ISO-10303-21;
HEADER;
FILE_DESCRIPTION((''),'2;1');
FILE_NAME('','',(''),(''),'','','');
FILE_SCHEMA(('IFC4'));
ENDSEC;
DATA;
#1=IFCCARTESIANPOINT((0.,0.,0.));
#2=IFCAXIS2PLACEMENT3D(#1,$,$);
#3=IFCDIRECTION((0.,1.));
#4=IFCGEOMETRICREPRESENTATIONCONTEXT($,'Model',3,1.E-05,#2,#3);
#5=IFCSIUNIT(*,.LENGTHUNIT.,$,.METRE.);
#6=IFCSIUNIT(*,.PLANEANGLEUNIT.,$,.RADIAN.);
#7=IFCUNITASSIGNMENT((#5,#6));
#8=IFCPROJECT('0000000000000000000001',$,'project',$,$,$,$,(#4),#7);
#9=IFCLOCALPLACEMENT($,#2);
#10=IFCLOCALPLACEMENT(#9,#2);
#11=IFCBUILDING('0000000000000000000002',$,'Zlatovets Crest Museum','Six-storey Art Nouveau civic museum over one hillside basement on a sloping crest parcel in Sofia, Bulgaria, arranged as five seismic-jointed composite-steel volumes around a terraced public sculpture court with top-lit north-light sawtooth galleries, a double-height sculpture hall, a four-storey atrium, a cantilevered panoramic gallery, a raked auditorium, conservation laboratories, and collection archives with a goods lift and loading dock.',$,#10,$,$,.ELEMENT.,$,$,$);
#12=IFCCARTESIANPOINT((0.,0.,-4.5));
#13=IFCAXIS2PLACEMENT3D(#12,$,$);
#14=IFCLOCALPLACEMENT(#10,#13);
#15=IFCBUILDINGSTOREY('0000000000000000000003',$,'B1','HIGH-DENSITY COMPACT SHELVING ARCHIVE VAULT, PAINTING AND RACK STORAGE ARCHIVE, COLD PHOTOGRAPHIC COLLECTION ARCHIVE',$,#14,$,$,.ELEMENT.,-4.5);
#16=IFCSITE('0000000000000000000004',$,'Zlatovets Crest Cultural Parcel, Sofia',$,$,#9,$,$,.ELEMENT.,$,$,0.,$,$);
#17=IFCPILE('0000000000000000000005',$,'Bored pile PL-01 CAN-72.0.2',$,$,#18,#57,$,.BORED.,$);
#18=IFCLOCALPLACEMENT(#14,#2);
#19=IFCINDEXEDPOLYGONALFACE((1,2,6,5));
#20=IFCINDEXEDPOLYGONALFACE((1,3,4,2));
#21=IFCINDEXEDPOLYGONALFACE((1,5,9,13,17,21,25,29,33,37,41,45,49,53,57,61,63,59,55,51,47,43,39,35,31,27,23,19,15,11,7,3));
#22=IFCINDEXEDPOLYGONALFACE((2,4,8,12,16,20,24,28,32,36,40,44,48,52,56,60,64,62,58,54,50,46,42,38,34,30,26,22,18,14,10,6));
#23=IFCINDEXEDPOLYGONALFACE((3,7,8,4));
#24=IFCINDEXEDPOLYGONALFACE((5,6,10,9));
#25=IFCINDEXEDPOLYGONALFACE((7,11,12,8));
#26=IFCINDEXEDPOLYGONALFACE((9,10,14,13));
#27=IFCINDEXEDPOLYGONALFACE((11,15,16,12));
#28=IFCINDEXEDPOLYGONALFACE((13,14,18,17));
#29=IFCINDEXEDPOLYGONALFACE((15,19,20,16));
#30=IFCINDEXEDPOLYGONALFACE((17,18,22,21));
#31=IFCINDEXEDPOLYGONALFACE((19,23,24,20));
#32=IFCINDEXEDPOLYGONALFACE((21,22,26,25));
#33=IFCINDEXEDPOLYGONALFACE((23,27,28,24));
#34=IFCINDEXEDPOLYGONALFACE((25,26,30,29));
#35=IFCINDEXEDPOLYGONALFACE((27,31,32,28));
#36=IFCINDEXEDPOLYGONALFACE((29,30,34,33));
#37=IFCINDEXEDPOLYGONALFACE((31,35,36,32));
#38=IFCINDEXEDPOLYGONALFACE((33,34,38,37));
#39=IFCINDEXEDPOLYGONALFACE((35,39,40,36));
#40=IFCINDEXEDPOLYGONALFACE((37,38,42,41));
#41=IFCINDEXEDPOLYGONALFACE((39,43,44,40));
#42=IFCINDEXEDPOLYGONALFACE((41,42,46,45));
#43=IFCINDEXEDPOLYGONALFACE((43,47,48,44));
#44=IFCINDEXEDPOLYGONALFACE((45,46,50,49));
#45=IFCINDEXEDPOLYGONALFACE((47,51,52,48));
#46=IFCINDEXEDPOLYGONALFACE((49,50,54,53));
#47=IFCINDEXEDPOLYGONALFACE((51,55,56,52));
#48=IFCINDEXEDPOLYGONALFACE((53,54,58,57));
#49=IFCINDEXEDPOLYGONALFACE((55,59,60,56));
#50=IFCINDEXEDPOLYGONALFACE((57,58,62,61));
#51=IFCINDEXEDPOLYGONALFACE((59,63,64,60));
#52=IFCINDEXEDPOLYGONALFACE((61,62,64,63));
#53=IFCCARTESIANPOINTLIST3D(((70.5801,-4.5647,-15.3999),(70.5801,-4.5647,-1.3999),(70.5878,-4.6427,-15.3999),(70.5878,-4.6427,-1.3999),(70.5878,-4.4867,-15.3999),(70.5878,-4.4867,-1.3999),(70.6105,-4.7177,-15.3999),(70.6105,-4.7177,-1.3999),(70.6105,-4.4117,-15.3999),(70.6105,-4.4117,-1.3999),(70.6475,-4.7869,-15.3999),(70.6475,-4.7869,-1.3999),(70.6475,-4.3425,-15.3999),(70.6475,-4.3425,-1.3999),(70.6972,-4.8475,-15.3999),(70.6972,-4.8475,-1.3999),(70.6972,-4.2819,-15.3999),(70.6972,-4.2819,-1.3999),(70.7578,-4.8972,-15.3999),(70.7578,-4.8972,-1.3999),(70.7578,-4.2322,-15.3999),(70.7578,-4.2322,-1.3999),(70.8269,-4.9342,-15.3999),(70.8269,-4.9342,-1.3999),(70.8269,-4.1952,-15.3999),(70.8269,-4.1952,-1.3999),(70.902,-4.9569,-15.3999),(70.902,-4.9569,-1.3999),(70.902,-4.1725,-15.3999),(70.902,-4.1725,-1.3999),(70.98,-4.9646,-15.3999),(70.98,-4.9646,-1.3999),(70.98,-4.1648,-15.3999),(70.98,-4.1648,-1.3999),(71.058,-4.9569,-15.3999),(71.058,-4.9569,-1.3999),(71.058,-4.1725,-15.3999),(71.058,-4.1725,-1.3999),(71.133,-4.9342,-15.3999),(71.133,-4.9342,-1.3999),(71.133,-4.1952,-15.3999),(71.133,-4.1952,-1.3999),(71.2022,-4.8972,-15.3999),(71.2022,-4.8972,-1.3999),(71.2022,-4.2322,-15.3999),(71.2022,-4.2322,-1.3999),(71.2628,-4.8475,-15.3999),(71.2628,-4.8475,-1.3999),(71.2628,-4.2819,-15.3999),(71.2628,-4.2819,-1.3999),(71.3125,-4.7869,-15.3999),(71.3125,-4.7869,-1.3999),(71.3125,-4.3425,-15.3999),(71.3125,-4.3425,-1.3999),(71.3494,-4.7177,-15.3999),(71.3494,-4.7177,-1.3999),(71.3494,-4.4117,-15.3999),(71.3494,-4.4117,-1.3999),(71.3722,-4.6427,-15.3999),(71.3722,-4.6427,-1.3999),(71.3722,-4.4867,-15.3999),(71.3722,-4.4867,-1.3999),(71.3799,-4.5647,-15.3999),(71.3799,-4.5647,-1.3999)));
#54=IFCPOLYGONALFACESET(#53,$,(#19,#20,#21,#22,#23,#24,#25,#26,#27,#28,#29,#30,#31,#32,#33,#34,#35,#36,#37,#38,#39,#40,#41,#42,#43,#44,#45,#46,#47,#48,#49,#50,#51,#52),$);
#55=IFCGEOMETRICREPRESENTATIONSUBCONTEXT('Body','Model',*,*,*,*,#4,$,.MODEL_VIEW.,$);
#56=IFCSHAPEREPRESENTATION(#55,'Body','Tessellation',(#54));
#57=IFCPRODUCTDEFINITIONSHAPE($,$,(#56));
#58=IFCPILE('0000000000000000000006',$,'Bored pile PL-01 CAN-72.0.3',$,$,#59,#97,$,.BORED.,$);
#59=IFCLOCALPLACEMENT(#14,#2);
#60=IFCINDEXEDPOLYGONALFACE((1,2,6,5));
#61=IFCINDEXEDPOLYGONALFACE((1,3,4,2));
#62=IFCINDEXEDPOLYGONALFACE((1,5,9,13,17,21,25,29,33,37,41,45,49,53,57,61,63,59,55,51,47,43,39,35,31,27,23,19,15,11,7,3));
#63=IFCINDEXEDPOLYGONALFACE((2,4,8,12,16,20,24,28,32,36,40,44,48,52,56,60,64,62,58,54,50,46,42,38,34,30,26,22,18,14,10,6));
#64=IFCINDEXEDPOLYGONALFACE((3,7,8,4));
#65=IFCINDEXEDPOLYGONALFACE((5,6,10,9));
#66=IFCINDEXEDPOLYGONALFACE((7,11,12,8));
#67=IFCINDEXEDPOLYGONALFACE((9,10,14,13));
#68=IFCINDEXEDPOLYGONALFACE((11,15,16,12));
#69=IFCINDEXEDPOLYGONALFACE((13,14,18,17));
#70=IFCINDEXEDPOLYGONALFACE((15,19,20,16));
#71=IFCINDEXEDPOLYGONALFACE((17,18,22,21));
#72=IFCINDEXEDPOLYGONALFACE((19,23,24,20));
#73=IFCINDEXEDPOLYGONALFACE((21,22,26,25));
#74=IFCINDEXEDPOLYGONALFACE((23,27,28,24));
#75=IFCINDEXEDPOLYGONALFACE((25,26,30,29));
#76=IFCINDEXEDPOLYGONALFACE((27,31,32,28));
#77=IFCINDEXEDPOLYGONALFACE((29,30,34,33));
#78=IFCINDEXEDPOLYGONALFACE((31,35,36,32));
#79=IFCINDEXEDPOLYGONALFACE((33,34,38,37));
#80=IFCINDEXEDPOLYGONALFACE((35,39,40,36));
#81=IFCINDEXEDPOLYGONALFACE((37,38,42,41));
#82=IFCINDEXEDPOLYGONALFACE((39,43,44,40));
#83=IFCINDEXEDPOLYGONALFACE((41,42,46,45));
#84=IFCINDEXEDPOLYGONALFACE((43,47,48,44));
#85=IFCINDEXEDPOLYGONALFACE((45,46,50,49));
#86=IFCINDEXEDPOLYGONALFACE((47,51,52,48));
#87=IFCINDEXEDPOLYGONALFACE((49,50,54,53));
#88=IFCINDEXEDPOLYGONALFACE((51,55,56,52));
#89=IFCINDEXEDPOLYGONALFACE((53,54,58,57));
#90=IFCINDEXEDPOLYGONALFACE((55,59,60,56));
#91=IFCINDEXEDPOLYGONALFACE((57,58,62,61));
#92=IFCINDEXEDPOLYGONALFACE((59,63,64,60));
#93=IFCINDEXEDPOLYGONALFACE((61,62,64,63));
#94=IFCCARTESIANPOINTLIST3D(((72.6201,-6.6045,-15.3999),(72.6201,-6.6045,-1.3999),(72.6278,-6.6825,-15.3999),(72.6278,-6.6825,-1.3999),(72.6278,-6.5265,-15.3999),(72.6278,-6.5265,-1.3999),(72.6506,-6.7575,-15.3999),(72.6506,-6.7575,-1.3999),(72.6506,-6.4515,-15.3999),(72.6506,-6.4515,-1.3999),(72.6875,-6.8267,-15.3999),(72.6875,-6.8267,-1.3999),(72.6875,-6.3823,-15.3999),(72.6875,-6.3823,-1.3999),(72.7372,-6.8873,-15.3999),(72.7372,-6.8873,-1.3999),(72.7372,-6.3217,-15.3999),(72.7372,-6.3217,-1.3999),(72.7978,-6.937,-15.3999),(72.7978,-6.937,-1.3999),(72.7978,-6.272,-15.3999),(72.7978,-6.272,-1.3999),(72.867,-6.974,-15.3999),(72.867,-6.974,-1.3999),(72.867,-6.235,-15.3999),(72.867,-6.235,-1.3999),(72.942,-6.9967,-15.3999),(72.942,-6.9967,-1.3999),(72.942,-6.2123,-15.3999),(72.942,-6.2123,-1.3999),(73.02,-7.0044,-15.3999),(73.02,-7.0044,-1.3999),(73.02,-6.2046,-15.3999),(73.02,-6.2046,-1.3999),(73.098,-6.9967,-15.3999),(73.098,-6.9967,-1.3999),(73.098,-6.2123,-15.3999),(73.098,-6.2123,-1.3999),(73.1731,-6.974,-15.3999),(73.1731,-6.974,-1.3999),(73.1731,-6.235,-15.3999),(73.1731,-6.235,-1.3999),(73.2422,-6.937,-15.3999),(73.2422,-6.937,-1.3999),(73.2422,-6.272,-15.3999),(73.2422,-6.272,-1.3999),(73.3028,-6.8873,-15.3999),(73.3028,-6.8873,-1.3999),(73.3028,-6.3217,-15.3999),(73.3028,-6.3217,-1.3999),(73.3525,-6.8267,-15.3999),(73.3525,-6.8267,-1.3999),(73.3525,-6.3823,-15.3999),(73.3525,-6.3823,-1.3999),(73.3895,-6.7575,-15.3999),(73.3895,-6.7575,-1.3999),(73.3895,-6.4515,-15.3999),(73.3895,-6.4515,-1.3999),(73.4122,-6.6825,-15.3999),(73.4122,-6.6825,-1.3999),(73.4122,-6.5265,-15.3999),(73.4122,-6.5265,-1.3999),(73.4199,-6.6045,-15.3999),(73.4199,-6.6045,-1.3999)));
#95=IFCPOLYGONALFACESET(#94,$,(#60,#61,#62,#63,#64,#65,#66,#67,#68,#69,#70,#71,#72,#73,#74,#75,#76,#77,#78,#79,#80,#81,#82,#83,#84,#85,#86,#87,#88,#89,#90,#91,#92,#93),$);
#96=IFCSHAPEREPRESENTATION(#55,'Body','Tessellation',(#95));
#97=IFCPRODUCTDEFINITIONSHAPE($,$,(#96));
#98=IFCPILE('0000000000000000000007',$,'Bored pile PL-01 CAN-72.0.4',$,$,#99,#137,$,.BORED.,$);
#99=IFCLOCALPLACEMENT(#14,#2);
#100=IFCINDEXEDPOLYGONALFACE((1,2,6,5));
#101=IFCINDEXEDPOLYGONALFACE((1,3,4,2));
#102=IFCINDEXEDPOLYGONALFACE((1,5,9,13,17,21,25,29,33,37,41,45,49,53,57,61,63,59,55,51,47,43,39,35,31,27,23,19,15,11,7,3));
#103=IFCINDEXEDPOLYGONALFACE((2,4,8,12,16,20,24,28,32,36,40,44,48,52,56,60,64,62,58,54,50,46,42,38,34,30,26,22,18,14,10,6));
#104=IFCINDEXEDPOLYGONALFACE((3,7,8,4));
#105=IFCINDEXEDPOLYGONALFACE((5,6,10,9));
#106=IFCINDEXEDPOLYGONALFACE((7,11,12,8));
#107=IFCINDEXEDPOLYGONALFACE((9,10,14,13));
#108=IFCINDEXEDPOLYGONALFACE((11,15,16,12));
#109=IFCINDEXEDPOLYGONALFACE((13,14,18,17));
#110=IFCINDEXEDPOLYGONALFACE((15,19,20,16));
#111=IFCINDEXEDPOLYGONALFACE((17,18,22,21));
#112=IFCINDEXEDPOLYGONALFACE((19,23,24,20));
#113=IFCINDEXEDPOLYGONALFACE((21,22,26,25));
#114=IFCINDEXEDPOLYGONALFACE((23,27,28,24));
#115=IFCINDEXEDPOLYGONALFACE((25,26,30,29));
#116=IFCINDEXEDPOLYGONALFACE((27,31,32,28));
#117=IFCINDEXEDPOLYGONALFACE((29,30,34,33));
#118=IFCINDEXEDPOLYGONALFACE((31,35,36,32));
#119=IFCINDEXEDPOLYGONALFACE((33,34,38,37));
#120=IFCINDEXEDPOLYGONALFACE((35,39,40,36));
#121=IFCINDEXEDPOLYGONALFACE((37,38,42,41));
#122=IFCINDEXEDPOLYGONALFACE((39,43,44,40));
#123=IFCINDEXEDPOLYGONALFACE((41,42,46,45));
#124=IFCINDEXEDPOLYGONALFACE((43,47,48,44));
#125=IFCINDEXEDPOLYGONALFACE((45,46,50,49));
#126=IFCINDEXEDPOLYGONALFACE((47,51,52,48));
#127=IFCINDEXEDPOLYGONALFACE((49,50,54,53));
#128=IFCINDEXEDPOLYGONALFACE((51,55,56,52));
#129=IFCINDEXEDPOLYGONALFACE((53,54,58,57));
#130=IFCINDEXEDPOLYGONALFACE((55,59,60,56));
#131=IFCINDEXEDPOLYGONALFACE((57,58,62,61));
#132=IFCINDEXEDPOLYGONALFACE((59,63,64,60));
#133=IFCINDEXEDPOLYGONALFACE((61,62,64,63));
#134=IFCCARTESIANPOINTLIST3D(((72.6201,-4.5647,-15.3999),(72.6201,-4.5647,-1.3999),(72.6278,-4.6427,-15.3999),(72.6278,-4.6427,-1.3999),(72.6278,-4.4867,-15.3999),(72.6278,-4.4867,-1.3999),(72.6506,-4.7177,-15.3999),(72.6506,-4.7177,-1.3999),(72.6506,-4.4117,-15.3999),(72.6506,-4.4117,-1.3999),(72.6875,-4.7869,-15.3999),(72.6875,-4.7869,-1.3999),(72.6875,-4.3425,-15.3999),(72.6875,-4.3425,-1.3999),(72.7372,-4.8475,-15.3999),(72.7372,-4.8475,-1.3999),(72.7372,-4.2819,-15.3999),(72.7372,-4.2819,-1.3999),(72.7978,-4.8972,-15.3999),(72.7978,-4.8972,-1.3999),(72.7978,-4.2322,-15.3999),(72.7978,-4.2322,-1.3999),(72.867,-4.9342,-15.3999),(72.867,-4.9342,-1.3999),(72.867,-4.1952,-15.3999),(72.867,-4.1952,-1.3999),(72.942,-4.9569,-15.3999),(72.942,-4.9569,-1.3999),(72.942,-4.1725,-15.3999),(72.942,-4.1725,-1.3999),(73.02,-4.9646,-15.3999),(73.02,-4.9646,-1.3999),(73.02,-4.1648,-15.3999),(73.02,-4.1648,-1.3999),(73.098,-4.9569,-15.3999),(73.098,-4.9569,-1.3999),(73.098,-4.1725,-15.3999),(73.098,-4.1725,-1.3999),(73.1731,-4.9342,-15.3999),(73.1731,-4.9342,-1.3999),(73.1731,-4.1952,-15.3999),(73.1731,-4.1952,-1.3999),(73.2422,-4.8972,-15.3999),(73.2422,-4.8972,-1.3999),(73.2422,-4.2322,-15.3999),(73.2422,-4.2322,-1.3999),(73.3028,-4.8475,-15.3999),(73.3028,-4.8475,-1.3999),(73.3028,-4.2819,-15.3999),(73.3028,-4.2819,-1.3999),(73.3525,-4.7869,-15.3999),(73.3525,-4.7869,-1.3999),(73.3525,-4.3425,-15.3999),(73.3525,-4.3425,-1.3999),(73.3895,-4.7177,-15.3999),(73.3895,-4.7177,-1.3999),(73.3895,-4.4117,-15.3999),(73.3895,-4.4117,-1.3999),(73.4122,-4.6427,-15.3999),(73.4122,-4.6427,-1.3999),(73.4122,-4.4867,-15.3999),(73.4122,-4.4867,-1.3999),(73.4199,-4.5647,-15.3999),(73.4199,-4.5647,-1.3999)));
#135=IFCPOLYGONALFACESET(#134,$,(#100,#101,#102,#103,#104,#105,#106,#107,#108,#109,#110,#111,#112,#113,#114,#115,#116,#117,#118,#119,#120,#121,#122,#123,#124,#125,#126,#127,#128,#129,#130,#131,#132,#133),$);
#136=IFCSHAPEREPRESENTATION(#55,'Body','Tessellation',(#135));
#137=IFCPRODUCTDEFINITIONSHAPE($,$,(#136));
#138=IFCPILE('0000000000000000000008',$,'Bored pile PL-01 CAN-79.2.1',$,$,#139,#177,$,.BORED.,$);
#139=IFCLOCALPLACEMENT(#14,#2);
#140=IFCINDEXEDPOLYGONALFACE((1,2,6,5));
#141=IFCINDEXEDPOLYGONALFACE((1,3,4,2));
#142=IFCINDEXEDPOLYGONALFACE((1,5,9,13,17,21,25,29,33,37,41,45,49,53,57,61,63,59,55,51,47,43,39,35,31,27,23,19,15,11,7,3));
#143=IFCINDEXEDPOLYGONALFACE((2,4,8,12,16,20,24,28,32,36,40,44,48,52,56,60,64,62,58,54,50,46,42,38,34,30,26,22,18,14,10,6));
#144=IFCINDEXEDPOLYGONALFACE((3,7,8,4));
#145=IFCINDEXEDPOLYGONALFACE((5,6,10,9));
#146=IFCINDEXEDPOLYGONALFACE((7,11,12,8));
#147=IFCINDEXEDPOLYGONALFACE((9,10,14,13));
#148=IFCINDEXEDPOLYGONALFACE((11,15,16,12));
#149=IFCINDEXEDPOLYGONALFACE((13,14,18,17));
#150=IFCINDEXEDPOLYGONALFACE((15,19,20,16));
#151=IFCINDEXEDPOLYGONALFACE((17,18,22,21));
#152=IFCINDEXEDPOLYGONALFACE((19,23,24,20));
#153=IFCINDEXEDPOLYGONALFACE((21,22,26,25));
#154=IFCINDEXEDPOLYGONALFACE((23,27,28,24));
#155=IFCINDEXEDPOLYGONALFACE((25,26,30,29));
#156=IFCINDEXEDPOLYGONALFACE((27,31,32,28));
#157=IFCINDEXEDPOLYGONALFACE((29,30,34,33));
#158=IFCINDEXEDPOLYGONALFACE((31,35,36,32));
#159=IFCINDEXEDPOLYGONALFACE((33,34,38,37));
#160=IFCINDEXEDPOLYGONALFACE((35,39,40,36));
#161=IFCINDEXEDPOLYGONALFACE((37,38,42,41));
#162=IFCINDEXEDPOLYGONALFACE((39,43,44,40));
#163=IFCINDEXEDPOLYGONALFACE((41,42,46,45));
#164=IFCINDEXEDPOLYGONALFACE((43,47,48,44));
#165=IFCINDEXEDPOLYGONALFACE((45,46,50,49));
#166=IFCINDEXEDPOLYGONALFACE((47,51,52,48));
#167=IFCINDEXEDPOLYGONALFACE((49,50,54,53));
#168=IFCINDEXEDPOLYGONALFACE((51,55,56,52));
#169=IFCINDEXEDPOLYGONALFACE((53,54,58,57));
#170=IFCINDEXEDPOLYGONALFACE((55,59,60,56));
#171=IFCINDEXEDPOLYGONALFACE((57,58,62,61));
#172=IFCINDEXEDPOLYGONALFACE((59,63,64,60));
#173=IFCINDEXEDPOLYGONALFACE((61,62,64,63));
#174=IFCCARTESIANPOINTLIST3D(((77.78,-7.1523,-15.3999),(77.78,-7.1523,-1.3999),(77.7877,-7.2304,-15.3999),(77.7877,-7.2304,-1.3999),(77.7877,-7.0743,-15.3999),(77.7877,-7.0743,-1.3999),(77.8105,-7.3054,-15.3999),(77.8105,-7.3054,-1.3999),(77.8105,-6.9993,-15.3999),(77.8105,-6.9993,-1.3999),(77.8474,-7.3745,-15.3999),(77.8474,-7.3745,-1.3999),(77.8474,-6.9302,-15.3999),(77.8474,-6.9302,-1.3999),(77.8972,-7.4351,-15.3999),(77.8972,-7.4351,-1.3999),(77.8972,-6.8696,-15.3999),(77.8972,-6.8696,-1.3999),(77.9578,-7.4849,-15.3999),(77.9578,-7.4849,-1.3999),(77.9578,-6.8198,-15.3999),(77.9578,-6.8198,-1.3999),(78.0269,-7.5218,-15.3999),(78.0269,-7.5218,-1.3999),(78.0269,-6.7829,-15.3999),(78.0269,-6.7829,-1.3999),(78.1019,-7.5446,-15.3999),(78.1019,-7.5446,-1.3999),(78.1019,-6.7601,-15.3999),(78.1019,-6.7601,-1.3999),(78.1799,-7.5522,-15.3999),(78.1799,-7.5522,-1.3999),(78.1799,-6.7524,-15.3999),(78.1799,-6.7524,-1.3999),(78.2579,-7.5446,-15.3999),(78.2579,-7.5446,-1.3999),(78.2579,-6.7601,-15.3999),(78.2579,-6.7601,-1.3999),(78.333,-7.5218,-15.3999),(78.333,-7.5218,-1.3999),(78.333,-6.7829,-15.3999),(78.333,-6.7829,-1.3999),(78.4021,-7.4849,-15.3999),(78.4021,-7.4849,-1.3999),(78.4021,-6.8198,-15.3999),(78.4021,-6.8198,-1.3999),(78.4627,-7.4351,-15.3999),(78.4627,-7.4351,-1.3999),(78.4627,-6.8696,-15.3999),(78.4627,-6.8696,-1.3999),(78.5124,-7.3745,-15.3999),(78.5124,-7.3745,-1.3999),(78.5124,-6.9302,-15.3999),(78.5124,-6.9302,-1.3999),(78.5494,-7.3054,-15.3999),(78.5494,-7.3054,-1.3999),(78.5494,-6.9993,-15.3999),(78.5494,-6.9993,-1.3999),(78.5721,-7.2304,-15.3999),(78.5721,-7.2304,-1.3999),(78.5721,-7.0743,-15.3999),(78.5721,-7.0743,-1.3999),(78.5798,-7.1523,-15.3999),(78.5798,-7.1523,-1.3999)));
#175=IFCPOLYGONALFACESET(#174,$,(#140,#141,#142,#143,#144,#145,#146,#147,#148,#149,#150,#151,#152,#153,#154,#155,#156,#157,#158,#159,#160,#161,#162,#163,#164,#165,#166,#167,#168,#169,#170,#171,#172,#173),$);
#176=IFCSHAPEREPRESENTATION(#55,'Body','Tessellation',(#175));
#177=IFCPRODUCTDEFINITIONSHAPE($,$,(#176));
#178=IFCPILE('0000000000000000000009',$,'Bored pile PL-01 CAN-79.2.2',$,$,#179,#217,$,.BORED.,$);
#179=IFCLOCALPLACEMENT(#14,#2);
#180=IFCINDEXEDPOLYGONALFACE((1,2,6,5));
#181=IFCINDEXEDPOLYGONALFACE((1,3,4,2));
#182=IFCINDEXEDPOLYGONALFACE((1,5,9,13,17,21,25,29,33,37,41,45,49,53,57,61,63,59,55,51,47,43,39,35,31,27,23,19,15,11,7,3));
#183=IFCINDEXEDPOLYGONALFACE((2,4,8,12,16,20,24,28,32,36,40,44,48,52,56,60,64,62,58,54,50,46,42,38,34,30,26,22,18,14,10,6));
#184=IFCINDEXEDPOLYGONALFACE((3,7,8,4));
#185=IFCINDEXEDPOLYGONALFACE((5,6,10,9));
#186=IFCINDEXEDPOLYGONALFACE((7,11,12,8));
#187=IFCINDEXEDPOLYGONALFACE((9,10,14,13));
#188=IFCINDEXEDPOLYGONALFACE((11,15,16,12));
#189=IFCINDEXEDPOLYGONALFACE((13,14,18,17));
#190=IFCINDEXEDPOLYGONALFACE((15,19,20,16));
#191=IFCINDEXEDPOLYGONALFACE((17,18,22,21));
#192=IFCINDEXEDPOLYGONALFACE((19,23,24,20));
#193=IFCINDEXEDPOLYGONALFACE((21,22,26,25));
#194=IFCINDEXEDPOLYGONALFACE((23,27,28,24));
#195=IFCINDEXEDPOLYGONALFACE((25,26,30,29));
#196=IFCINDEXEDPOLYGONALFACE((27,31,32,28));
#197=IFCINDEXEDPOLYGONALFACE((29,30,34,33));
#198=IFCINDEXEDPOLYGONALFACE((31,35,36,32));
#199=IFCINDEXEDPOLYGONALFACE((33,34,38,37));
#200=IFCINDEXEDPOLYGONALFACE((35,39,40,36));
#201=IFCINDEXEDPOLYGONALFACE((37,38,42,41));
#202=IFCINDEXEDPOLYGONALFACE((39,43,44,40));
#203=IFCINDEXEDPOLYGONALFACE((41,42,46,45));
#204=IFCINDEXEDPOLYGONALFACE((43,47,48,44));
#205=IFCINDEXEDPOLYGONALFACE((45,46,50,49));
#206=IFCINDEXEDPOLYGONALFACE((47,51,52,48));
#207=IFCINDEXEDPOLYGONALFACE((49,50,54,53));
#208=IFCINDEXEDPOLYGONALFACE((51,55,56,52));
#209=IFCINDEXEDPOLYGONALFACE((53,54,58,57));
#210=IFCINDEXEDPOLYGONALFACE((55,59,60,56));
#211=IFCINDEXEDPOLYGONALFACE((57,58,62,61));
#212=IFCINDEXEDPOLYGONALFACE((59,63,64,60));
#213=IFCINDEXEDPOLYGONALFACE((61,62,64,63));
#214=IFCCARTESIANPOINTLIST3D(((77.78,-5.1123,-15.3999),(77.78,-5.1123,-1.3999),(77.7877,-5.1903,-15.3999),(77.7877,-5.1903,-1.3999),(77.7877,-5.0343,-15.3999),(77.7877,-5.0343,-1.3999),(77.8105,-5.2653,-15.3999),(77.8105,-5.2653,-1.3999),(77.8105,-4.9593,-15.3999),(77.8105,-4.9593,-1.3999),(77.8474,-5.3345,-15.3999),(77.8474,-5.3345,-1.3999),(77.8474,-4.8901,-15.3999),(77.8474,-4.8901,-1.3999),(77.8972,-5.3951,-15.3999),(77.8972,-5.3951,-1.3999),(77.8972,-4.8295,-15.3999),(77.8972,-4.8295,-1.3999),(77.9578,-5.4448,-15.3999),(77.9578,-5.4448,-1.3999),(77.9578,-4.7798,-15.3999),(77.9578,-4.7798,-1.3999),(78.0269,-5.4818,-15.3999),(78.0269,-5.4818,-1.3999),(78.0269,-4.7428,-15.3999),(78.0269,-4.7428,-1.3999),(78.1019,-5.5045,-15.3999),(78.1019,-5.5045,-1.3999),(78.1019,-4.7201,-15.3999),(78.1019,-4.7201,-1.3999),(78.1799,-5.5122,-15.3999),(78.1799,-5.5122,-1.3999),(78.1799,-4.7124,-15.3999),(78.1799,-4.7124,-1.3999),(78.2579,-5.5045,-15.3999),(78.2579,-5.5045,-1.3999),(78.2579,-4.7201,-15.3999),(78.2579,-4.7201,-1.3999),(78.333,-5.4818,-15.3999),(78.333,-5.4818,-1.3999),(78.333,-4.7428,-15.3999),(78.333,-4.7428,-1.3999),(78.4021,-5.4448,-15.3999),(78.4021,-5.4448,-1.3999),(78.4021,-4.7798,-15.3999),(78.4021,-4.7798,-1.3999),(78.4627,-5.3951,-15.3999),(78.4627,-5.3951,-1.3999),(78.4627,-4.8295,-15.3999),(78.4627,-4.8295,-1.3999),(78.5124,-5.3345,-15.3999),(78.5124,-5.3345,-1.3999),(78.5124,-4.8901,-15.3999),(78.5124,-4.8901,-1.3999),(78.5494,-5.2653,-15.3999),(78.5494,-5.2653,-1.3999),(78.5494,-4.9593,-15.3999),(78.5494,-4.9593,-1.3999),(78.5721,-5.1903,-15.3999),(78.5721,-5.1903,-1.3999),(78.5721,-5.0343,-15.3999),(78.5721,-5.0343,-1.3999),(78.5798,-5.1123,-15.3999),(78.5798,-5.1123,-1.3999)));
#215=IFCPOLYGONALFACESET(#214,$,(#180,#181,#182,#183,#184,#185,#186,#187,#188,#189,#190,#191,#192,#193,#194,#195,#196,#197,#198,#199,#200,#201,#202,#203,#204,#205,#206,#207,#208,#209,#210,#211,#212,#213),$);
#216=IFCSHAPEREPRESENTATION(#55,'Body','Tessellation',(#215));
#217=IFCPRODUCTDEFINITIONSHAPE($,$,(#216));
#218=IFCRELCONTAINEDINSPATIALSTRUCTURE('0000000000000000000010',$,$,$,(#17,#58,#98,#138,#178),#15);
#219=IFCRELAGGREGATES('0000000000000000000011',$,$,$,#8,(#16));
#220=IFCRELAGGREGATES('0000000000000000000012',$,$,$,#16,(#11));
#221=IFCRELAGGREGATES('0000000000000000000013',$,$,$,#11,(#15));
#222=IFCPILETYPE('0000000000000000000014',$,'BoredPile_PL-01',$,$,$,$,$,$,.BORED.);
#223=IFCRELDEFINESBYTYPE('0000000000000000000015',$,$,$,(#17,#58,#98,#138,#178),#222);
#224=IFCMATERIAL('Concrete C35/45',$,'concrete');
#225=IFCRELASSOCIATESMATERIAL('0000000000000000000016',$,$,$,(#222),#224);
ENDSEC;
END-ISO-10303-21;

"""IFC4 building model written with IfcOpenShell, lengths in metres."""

from ifc_helpers import new_model, si_unit, direction, frame, origin, origin_2d, place, context, subcontext, project, spatial, circle, extrude, material, material_profile, profile_set, type_object, element, save


model = new_model("IFC4")

# Units and contexts
model_context = context("Model", 3, precision=1e-05, world=origin(), true_north=direction((0.0, 1.0)))
body_context = subcontext(model_context, "Body", "Model", "MODEL_VIEW")
ifc_project = project(units=[si_unit("LENGTHUNIT", "METRE"), si_unit("PLANEANGLEUNIT", "RADIAN")], contexts=[model_context])

# Site, building, storey
site_placement = place(None, origin())
site = spatial("IfcSite", under=ifc_project, at=site_placement, Name="Zlatovets Crest Cultural Parcel, Sofia", CompositionType="ELEMENT", RefElevation=0.0)
building_placement = place(site_placement, origin())
building = spatial("IfcBuilding", under=site, at=building_placement, Name="Zlatovets Crest Museum", Description="Six-storey Art Nouveau civic museum over one hillside basement on a sloping crest parcel in Sofia, Bulgaria, arranged as five seismic-jointed composite-steel volumes around a terraced public sculpture court with top-lit north-light sawtooth galleries, a double-height sculpture hall, a four-storey atrium, a cantilevered panoramic gallery, a raked auditorium, conservation laboratories, and collection archives with a goods lift and loading dock.", CompositionType="ELEMENT")
storey_placement = place(building_placement, frame((0.0, 0.0, -4.5)))
storey = spatial("IfcBuildingStorey", under=building, at=storey_placement, Name="B1", Description="HIGH-DENSITY COMPACT SHELVING ARCHIVE VAULT, PAINTING AND RACK STORAGE ARCHIVE, COLD PHOTOGRAPHIC COLLECTION ARCHIVE", CompositionType="ELEMENT", Elevation=-4.5)

# Piles
ifc_material_1 = material(Name="Concrete C35/45", Category="concrete")
ifc_material_profile_1 = material_profile(ifc_material_1, circle(Radius=0.3999, at=origin_2d()), Name="PILE D800")
ifc_profile_set_1 = profile_set([ifc_material_profile_1], Name="Concrete C35/45")
pile_type_1 = type_object("IfcPileType", Name="BoredPile_PL-01", PredefinedType="BORED", material=ifc_profile_set_1)
for number, where, z_axis, x_axis, name in (
    (1, (70.98, -4.5647, -1.3999), (0.0, 0.0, -1.0), (1.0, 0.0, 0.0), "Bored pile PL-01 CAN-72.0.2"),
    (2, (73.02, -6.6045, -1.3999), (0.0, 0.0, -1.0), (1.0, 0.0, 0.0), "Bored pile PL-01 CAN-72.0.3"),
    (3, (73.02, -4.5647, -1.3999), (0.0, 0.0, -1.0), (1.0, 0.0, 0.0), "Bored pile PL-01 CAN-72.0.4"),
    (4, (78.1799, -7.1523, -1.3999), (0.0, 0.0, -1.0), (1.0, 0.0, 0.0), "Bored pile PL-01 CAN-79.2.1"),
    (5, (78.1799, -5.1123, -1.3999), (0.0, 0.0, -1.0), (1.0, 0.0, 0.0), "Bored pile PL-01 CAN-79.2.2"),
):
    element("IfcPile", number, at=place(storey_placement, frame(where, z_axis=z_axis, x_axis=x_axis)), inside=storey, type_object=pile_type_1, Name=name, PredefinedType="BORED", context=body_context, shape_type="SweptSolid", body=[
        extrude(circle(Radius=0.3999, at=origin_2d()), origin(), (0.0, 0.0, 1.0), 14.0),
    ])

save(model, "model.ifc")
